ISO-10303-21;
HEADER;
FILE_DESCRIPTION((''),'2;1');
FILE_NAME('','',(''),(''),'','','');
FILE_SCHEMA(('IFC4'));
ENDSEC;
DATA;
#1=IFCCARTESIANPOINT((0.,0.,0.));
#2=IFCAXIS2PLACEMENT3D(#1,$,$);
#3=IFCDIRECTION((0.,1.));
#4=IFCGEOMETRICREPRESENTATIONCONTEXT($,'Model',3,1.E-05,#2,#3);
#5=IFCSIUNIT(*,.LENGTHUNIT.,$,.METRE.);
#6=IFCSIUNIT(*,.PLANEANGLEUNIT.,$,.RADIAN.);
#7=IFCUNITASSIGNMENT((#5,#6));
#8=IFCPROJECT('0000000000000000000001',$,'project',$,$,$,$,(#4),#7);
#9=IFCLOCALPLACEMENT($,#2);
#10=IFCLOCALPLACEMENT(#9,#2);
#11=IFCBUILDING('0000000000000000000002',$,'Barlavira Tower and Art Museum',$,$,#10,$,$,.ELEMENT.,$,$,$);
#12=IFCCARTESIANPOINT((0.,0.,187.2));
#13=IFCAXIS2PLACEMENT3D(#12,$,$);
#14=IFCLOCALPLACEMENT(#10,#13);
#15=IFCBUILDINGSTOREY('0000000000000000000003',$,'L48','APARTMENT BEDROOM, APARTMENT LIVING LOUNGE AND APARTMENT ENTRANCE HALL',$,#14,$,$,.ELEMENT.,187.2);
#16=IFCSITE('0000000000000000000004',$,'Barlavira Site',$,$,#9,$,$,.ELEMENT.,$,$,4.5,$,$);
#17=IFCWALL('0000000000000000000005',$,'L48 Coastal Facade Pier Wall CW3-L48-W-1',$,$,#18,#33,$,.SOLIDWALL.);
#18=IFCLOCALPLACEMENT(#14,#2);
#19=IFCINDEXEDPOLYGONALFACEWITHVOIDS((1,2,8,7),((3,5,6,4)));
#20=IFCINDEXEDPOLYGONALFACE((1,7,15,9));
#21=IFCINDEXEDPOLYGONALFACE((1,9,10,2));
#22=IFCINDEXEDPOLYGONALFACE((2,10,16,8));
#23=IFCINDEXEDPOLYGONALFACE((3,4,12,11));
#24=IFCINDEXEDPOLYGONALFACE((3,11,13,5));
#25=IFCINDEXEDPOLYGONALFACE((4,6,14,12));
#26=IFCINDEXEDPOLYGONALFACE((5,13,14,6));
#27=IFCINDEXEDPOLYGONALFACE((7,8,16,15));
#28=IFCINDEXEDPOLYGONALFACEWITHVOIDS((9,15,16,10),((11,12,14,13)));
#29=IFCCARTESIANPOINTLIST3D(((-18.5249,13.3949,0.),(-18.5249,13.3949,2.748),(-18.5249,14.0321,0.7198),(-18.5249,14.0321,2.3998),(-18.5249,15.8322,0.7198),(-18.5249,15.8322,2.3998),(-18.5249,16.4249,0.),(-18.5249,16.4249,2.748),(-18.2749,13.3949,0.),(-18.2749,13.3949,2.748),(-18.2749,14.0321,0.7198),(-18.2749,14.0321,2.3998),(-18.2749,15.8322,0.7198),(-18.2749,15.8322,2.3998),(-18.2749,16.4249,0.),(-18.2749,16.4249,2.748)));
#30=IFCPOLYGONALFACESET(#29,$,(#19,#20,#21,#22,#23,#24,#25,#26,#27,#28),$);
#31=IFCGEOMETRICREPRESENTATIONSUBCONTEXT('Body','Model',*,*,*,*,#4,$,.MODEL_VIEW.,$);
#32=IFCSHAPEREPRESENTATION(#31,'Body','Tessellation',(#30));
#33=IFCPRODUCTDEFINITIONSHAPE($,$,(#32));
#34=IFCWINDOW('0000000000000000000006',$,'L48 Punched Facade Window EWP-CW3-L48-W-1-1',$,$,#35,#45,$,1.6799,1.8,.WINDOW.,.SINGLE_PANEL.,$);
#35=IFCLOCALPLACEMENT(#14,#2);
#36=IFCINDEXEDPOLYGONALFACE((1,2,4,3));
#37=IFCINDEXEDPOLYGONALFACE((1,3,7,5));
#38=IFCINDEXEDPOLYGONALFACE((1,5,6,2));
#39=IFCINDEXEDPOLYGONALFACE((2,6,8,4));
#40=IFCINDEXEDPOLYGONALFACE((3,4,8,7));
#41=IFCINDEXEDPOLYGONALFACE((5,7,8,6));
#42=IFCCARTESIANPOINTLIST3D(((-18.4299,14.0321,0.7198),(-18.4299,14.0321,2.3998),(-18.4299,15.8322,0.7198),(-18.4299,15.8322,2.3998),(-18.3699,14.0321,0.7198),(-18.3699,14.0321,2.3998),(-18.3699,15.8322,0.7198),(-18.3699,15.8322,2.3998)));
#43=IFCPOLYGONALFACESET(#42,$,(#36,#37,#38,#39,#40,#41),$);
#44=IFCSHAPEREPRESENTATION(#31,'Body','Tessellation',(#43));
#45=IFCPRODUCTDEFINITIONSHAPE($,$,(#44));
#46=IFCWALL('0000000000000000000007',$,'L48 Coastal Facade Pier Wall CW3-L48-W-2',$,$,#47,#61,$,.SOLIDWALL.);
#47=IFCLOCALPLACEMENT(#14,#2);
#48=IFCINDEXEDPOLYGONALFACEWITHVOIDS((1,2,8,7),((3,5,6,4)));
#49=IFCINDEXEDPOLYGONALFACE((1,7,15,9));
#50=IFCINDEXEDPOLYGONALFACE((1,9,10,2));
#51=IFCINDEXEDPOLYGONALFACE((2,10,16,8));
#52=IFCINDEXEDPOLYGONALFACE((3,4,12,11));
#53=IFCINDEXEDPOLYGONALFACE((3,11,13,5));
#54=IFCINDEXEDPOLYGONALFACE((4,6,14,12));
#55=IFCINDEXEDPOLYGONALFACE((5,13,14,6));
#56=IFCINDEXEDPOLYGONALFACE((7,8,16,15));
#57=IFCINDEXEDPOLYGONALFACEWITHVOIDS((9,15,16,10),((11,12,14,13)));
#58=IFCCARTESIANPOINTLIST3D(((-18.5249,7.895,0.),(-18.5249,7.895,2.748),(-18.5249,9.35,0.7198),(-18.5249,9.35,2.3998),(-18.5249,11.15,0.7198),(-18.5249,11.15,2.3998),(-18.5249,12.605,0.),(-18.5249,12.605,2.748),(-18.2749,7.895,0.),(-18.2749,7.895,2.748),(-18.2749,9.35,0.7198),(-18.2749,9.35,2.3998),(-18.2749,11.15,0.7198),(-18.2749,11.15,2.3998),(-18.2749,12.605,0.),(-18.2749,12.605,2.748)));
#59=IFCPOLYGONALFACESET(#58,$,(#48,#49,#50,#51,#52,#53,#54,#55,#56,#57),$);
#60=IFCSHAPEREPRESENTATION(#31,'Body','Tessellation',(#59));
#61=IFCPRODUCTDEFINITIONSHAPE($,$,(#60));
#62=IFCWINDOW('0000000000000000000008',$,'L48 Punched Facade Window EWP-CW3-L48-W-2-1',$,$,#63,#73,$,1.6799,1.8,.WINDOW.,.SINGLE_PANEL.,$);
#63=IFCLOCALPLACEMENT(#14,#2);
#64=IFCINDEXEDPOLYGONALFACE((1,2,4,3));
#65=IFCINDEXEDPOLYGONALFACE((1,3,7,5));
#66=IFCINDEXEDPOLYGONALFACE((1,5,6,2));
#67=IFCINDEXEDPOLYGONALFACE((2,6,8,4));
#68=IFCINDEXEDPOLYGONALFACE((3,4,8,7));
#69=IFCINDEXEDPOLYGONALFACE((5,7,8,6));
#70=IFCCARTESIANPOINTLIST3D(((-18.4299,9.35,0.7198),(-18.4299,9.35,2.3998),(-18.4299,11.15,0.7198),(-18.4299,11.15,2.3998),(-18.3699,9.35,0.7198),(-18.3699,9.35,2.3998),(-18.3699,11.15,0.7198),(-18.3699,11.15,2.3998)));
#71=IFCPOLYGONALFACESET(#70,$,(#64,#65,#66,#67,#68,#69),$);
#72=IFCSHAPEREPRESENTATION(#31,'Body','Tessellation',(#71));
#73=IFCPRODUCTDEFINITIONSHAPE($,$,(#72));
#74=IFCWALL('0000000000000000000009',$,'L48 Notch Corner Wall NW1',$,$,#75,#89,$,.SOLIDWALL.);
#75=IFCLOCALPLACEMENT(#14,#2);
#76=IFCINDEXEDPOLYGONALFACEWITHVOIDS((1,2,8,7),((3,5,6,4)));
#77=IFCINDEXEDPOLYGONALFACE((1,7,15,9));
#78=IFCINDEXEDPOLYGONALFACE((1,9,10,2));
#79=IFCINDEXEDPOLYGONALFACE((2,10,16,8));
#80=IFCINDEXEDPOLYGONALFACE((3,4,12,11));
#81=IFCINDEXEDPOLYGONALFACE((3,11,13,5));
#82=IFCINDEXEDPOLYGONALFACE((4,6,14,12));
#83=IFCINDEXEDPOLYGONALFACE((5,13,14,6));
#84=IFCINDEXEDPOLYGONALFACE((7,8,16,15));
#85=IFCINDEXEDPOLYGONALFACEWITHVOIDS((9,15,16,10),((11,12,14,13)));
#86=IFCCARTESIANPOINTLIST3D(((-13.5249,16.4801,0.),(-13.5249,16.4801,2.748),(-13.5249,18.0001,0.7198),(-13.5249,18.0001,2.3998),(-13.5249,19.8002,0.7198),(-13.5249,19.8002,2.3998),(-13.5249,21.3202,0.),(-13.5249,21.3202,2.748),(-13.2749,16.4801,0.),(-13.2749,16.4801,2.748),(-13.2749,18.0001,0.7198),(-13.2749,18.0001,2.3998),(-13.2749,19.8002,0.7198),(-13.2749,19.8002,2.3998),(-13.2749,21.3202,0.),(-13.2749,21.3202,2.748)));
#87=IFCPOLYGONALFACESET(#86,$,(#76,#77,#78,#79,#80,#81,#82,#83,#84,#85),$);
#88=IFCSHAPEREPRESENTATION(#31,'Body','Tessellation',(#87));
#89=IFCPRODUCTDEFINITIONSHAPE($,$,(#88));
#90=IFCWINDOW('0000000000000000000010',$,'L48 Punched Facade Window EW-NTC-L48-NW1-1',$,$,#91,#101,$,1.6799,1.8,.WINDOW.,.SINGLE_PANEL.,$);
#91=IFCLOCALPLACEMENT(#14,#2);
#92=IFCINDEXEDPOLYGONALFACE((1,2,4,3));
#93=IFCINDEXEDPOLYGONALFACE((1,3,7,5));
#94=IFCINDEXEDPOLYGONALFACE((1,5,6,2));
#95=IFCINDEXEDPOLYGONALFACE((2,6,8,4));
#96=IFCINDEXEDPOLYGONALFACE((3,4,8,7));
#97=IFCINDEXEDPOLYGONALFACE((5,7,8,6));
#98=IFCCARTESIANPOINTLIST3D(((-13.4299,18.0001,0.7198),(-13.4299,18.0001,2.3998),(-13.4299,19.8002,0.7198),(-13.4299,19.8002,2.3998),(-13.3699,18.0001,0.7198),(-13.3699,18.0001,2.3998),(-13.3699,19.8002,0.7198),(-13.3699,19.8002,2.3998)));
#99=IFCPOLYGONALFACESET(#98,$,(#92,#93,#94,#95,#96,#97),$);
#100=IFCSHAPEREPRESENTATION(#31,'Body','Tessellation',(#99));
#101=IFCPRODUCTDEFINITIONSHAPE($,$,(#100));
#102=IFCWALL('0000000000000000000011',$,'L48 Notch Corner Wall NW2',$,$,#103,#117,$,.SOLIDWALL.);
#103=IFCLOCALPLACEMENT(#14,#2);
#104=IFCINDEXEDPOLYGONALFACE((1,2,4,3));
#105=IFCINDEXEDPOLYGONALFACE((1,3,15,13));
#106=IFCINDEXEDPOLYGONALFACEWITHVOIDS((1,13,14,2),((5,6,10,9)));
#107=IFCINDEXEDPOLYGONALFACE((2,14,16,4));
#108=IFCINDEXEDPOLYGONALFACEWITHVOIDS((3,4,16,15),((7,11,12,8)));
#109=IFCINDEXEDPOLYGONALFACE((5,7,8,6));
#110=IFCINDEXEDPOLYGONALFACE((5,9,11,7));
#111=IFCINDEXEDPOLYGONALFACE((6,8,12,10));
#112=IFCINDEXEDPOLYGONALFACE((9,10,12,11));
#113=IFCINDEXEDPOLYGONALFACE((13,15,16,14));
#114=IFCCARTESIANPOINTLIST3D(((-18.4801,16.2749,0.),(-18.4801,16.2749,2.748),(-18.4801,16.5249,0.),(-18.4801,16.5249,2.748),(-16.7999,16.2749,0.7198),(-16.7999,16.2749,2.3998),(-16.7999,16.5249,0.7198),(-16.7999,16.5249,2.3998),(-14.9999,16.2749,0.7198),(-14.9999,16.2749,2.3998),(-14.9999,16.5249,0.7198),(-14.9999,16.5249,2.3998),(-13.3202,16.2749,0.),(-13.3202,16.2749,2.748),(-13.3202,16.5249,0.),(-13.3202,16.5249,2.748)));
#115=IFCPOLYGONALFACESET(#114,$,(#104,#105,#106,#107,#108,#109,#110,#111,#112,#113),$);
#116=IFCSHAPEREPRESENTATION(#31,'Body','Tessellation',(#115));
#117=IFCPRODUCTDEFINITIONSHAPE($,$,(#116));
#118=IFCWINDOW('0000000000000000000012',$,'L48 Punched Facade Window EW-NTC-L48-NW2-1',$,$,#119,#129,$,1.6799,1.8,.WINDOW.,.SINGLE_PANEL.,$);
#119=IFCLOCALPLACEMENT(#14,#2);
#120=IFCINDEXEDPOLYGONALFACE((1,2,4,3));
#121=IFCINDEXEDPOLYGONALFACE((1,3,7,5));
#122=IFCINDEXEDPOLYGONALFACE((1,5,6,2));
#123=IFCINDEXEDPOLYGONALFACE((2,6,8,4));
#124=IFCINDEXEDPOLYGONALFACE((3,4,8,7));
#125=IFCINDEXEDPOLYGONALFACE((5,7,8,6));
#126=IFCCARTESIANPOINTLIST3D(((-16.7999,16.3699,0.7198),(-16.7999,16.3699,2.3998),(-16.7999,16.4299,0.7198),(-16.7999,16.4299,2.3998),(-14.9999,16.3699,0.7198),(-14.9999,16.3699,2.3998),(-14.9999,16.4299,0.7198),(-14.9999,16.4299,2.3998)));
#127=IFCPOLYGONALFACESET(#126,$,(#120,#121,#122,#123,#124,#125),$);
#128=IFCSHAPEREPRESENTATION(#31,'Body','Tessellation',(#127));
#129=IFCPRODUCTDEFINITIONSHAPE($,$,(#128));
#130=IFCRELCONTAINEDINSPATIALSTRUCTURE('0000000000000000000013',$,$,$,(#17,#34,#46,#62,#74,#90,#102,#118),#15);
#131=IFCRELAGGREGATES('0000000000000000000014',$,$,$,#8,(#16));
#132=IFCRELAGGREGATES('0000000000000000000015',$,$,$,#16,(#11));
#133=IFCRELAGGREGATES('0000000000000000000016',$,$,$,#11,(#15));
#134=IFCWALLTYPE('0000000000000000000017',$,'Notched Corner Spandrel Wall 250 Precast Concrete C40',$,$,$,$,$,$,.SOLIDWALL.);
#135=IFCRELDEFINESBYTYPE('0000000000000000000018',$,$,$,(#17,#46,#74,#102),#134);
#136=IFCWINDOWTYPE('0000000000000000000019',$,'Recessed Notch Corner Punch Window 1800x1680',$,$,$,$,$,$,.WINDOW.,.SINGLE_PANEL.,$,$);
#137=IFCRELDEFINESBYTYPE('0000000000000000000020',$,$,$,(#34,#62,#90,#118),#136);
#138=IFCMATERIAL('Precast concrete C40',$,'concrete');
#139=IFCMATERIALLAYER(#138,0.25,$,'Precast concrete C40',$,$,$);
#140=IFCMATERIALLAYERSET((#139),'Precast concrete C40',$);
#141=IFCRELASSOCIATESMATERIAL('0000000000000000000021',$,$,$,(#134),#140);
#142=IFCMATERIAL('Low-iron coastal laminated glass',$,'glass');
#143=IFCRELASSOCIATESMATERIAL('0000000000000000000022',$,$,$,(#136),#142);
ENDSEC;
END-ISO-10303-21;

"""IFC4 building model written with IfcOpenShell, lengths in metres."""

from ifc_helpers import new_model, si_unit, direction, frame, frame_2d, origin, place, context, subcontext, project, spatial, rectangle, extrude, material, layer, layer_set, type_object, element, fill, save


model = new_model("IFC4")

# Units and contexts
model_context = context("Model", 3, precision=1e-05, world=origin(), true_north=direction((0.0, 1.0)))
body_context = subcontext(model_context, "Body", "Model", "MODEL_VIEW")
ifc_project = project(units=[si_unit("LENGTHUNIT", "METRE"), si_unit("PLANEANGLEUNIT", "RADIAN")], contexts=[model_context])

# Site, building, storey
site_placement = place(None, origin())
site = spatial("IfcSite", under=ifc_project, at=site_placement, Name="Barlavira Site", CompositionType="ELEMENT", RefElevation=4.5)
building_placement = place(site_placement, origin())
building = spatial("IfcBuilding", under=site, at=building_placement, Name="Barlavira Tower and Art Museum", CompositionType="ELEMENT")
storey_placement = place(building_placement, frame((0.0, 0.0, 187.2)))
storey = spatial("IfcBuildingStorey", under=building, at=storey_placement, Name="L48", Description="APARTMENT BEDROOM, APARTMENT LIVING LOUNGE AND APARTMENT ENTRANCE HALL", CompositionType="ELEMENT", Elevation=187.2)

# Walls, openings, windows
ifc_material_1 = material(Name="Precast concrete C40", Category="concrete")
ifc_layer_1 = layer(ifc_material_1, 0.25, Name="Precast concrete C40")
ifc_layer_set_1 = layer_set([ifc_layer_1], Name="Precast concrete C40")
wall_type_1 = type_object("IfcWallType", Name="Notched Corner Spandrel Wall 250 Precast Concrete C40", PredefinedType="SOLIDWALL", material=ifc_layer_set_1)
ifc_material_2 = material(Name="Low-iron coastal laminated glass", Category="glass")
wall_1_placement = place(storey_placement, frame((-18.3999, 16.425, 0.0), z_axis=(0.0, 0.0, 1.0), x_axis=(0.0, -1.0, 0.0)))
wall_1 = element("IfcWall", 1, at=wall_1_placement, inside=storey, type_object=wall_type_1, Name="L48 Coastal Facade Pier Wall CW3-L48-W-1", PredefinedType="SOLIDWALL", context=body_context, shape_type="SweptSolid", body=[
    extrude(rectangle(XDim=3.03, YDim=0.25, at=frame_2d((1.5151, 0.0))), origin(), (0.0, 0.0, 1.0), 2.748),
])
opening_1_placement = place(wall_1_placement, frame((0.593, 0.0, 0.72)))
opening_1 = element("IfcOpeningElement", 2, at=opening_1_placement, cuts=wall_1, PredefinedType="OPENING", context=body_context, shape_type="SweptSolid", body=[
    extrude(rectangle(XDim=1.8, YDim=1.6799, at=frame_2d((0.8999, 0.8398))), frame((0.0, 0.135, 0.0), z_axis=(0.0, -1.0, 0.0), x_axis=(1.0, 0.0, 0.0)), (0.0, 0.0, 1.0), 0.27),
])
window_type_1 = type_object("IfcWindowType", Name="Recessed Notch Corner Punch Window 1800x1680", PartitioningType="SINGLE_PANEL", PredefinedType="WINDOW", material=ifc_material_2)
window_1_placement = place(opening_1_placement, origin())
window_1 = element("IfcWindow", 3, at=window_1_placement, inside=storey, type_object=window_type_1, Name="L48 Punched Facade Window EWP-CW3-L48-W-1-1", OverallHeight=1.6799, OverallWidth=1.8, PartitioningType="SINGLE_PANEL", PredefinedType="WINDOW", context=body_context, shape_type="SweptSolid", body=[
    extrude(rectangle(XDim=1.8, YDim=1.6799, at=frame_2d((0.8999, 0.8398))), frame((0.0, 0.03, 0.0), z_axis=(0.0, -1.0, 0.0), x_axis=(1.0, 0.0, 0.0)), (0.0, 0.0, 1.0), 0.0601),
])
fill(opening_1, window_1)
wall_2_placement = place(storey_placement, frame((-18.3999, 12.605, 0.0), z_axis=(0.0, 0.0, 1.0), x_axis=(0.0, -1.0, 0.0)))
wall_2 = element("IfcWall", 4, at=wall_2_placement, inside=storey, type_object=wall_type_1, Name="L48 Coastal Facade Pier Wall CW3-L48-W-2", PredefinedType="SOLIDWALL", context=body_context, shape_type="SweptSolid", body=[
    extrude(rectangle(XDim=4.71, YDim=0.25, at=frame_2d((2.355, 0.0))), origin(), (0.0, 0.0, 1.0), 2.748),
])
opening_2_placement = place(wall_2_placement, frame((1.4551, 0.0, 0.72)))
opening_2 = element("IfcOpeningElement", 5, at=opening_2_placement, cuts=wall_2, PredefinedType="OPENING", context=body_context, shape_type="SweptSolid", body=[
    extrude(rectangle(XDim=1.8, YDim=1.6799, at=frame_2d((0.8999, 0.8398))), frame((0.0, 0.135, 0.0), z_axis=(0.0, -1.0, 0.0), x_axis=(1.0, 0.0, 0.0)), (0.0, 0.0, 1.0), 0.27),
])
window_2_placement = place(opening_2_placement, origin())
window_2 = element("IfcWindow", 6, at=window_2_placement, inside=storey, type_object=window_type_1, Name="L48 Punched Facade Window EWP-CW3-L48-W-2-1", OverallHeight=1.6799, OverallWidth=1.8, PartitioningType="SINGLE_PANEL", PredefinedType="WINDOW", context=body_context, shape_type="SweptSolid", body=[
    extrude(rectangle(XDim=1.8, YDim=1.6799, at=frame_2d((0.8999, 0.8398))), frame((0.0, 0.03, 0.0), z_axis=(0.0, -1.0, 0.0), x_axis=(1.0, 0.0, 0.0)), (0.0, 0.0, 1.0), 0.0601),
])
fill(opening_2, window_2)
wall_3_placement = place(storey_placement, frame((-13.3999, 21.3201, 0.0), z_axis=(0.0, 0.0, 1.0), x_axis=(0.0, -1.0, 0.0)))
wall_3 = element("IfcWall", 7, at=wall_3_placement, inside=storey, type_object=wall_type_1, Name="L48 Notch Corner Wall NW1", PredefinedType="SOLIDWALL", context=body_context, shape_type="SweptSolid", body=[
    extrude(rectangle(XDim=4.8401, YDim=0.25, at=frame_2d((2.4199, 0.0))), origin(), (0.0, 0.0, 1.0), 2.748),
])
opening_3_placement = place(wall_3_placement, frame((1.52, 0.0, 0.72)))
opening_3 = element("IfcOpeningElement", 8, at=opening_3_placement, cuts=wall_3, PredefinedType="OPENING", context=body_context, shape_type="SweptSolid", body=[
    extrude(rectangle(XDim=1.8, YDim=1.6799, at=frame_2d((0.8999, 0.8398))), frame((0.0, 0.135, 0.0), z_axis=(0.0, -1.0, 0.0), x_axis=(1.0, 0.0, 0.0)), (0.0, 0.0, 1.0), 0.27),
])
window_3_placement = place(opening_3_placement, origin())
window_3 = element("IfcWindow", 9, at=window_3_placement, inside=storey, type_object=window_type_1, Name="L48 Punched Facade Window EW-NTC-L48-NW1-1", OverallHeight=1.6799, OverallWidth=1.8, PartitioningType="SINGLE_PANEL", PredefinedType="WINDOW", context=body_context, shape_type="SweptSolid", body=[
    extrude(rectangle(XDim=1.8, YDim=1.6799, at=frame_2d((0.8999, 0.8398))), frame((0.0, 0.03, 0.0), z_axis=(0.0, -1.0, 0.0), x_axis=(1.0, 0.0, 0.0)), (0.0, 0.0, 1.0), 0.0601),
])
fill(opening_3, window_3)
wall_4_placement = place(storey_placement, frame((-13.3201, 16.3999, 0.0), z_axis=(0.0, 0.0, 1.0), x_axis=(-1.0, 0.0, 0.0)))
wall_4 = element("IfcWall", 10, at=wall_4_placement, inside=storey, type_object=wall_type_1, Name="L48 Notch Corner Wall NW2", PredefinedType="SOLIDWALL", context=body_context, shape_type="SweptSolid", body=[
    extrude(rectangle(XDim=5.1599, YDim=0.25, at=frame_2d((2.5801, 0.0))), origin(), (0.0, 0.0, 1.0), 2.748),
])
opening_4_placement = place(wall_4_placement, frame((1.6799, 0.0, 0.72)))
opening_4 = element("IfcOpeningElement", 11, at=opening_4_placement, cuts=wall_4, PredefinedType="OPENING", context=body_context, shape_type="SweptSolid", body=[
    extrude(rectangle(XDim=1.8, YDim=1.6799, at=frame_2d((0.8999, 0.8398))), frame((0.0, 0.135, 0.0), z_axis=(0.0, -1.0, 0.0), x_axis=(1.0, 0.0, 0.0)), (0.0, 0.0, 1.0), 0.27),
])
window_4_placement = place(opening_4_placement, origin())
window_4 = element("IfcWindow", 12, at=window_4_placement, inside=storey, type_object=window_type_1, Name="L48 Punched Facade Window EW-NTC-L48-NW2-1", OverallHeight=1.6799, OverallWidth=1.8, PartitioningType="SINGLE_PANEL", PredefinedType="WINDOW", context=body_context, shape_type="SweptSolid", body=[
    extrude(rectangle(XDim=1.8, YDim=1.6799, at=frame_2d((0.8999, 0.8398))), frame((0.0, 0.03, 0.0), z_axis=(0.0, -1.0, 0.0), x_axis=(1.0, 0.0, 0.0)), (0.0, 0.0, 1.0), 0.0601),
])
fill(opening_4, window_4)

save(model, "model.ifc")
